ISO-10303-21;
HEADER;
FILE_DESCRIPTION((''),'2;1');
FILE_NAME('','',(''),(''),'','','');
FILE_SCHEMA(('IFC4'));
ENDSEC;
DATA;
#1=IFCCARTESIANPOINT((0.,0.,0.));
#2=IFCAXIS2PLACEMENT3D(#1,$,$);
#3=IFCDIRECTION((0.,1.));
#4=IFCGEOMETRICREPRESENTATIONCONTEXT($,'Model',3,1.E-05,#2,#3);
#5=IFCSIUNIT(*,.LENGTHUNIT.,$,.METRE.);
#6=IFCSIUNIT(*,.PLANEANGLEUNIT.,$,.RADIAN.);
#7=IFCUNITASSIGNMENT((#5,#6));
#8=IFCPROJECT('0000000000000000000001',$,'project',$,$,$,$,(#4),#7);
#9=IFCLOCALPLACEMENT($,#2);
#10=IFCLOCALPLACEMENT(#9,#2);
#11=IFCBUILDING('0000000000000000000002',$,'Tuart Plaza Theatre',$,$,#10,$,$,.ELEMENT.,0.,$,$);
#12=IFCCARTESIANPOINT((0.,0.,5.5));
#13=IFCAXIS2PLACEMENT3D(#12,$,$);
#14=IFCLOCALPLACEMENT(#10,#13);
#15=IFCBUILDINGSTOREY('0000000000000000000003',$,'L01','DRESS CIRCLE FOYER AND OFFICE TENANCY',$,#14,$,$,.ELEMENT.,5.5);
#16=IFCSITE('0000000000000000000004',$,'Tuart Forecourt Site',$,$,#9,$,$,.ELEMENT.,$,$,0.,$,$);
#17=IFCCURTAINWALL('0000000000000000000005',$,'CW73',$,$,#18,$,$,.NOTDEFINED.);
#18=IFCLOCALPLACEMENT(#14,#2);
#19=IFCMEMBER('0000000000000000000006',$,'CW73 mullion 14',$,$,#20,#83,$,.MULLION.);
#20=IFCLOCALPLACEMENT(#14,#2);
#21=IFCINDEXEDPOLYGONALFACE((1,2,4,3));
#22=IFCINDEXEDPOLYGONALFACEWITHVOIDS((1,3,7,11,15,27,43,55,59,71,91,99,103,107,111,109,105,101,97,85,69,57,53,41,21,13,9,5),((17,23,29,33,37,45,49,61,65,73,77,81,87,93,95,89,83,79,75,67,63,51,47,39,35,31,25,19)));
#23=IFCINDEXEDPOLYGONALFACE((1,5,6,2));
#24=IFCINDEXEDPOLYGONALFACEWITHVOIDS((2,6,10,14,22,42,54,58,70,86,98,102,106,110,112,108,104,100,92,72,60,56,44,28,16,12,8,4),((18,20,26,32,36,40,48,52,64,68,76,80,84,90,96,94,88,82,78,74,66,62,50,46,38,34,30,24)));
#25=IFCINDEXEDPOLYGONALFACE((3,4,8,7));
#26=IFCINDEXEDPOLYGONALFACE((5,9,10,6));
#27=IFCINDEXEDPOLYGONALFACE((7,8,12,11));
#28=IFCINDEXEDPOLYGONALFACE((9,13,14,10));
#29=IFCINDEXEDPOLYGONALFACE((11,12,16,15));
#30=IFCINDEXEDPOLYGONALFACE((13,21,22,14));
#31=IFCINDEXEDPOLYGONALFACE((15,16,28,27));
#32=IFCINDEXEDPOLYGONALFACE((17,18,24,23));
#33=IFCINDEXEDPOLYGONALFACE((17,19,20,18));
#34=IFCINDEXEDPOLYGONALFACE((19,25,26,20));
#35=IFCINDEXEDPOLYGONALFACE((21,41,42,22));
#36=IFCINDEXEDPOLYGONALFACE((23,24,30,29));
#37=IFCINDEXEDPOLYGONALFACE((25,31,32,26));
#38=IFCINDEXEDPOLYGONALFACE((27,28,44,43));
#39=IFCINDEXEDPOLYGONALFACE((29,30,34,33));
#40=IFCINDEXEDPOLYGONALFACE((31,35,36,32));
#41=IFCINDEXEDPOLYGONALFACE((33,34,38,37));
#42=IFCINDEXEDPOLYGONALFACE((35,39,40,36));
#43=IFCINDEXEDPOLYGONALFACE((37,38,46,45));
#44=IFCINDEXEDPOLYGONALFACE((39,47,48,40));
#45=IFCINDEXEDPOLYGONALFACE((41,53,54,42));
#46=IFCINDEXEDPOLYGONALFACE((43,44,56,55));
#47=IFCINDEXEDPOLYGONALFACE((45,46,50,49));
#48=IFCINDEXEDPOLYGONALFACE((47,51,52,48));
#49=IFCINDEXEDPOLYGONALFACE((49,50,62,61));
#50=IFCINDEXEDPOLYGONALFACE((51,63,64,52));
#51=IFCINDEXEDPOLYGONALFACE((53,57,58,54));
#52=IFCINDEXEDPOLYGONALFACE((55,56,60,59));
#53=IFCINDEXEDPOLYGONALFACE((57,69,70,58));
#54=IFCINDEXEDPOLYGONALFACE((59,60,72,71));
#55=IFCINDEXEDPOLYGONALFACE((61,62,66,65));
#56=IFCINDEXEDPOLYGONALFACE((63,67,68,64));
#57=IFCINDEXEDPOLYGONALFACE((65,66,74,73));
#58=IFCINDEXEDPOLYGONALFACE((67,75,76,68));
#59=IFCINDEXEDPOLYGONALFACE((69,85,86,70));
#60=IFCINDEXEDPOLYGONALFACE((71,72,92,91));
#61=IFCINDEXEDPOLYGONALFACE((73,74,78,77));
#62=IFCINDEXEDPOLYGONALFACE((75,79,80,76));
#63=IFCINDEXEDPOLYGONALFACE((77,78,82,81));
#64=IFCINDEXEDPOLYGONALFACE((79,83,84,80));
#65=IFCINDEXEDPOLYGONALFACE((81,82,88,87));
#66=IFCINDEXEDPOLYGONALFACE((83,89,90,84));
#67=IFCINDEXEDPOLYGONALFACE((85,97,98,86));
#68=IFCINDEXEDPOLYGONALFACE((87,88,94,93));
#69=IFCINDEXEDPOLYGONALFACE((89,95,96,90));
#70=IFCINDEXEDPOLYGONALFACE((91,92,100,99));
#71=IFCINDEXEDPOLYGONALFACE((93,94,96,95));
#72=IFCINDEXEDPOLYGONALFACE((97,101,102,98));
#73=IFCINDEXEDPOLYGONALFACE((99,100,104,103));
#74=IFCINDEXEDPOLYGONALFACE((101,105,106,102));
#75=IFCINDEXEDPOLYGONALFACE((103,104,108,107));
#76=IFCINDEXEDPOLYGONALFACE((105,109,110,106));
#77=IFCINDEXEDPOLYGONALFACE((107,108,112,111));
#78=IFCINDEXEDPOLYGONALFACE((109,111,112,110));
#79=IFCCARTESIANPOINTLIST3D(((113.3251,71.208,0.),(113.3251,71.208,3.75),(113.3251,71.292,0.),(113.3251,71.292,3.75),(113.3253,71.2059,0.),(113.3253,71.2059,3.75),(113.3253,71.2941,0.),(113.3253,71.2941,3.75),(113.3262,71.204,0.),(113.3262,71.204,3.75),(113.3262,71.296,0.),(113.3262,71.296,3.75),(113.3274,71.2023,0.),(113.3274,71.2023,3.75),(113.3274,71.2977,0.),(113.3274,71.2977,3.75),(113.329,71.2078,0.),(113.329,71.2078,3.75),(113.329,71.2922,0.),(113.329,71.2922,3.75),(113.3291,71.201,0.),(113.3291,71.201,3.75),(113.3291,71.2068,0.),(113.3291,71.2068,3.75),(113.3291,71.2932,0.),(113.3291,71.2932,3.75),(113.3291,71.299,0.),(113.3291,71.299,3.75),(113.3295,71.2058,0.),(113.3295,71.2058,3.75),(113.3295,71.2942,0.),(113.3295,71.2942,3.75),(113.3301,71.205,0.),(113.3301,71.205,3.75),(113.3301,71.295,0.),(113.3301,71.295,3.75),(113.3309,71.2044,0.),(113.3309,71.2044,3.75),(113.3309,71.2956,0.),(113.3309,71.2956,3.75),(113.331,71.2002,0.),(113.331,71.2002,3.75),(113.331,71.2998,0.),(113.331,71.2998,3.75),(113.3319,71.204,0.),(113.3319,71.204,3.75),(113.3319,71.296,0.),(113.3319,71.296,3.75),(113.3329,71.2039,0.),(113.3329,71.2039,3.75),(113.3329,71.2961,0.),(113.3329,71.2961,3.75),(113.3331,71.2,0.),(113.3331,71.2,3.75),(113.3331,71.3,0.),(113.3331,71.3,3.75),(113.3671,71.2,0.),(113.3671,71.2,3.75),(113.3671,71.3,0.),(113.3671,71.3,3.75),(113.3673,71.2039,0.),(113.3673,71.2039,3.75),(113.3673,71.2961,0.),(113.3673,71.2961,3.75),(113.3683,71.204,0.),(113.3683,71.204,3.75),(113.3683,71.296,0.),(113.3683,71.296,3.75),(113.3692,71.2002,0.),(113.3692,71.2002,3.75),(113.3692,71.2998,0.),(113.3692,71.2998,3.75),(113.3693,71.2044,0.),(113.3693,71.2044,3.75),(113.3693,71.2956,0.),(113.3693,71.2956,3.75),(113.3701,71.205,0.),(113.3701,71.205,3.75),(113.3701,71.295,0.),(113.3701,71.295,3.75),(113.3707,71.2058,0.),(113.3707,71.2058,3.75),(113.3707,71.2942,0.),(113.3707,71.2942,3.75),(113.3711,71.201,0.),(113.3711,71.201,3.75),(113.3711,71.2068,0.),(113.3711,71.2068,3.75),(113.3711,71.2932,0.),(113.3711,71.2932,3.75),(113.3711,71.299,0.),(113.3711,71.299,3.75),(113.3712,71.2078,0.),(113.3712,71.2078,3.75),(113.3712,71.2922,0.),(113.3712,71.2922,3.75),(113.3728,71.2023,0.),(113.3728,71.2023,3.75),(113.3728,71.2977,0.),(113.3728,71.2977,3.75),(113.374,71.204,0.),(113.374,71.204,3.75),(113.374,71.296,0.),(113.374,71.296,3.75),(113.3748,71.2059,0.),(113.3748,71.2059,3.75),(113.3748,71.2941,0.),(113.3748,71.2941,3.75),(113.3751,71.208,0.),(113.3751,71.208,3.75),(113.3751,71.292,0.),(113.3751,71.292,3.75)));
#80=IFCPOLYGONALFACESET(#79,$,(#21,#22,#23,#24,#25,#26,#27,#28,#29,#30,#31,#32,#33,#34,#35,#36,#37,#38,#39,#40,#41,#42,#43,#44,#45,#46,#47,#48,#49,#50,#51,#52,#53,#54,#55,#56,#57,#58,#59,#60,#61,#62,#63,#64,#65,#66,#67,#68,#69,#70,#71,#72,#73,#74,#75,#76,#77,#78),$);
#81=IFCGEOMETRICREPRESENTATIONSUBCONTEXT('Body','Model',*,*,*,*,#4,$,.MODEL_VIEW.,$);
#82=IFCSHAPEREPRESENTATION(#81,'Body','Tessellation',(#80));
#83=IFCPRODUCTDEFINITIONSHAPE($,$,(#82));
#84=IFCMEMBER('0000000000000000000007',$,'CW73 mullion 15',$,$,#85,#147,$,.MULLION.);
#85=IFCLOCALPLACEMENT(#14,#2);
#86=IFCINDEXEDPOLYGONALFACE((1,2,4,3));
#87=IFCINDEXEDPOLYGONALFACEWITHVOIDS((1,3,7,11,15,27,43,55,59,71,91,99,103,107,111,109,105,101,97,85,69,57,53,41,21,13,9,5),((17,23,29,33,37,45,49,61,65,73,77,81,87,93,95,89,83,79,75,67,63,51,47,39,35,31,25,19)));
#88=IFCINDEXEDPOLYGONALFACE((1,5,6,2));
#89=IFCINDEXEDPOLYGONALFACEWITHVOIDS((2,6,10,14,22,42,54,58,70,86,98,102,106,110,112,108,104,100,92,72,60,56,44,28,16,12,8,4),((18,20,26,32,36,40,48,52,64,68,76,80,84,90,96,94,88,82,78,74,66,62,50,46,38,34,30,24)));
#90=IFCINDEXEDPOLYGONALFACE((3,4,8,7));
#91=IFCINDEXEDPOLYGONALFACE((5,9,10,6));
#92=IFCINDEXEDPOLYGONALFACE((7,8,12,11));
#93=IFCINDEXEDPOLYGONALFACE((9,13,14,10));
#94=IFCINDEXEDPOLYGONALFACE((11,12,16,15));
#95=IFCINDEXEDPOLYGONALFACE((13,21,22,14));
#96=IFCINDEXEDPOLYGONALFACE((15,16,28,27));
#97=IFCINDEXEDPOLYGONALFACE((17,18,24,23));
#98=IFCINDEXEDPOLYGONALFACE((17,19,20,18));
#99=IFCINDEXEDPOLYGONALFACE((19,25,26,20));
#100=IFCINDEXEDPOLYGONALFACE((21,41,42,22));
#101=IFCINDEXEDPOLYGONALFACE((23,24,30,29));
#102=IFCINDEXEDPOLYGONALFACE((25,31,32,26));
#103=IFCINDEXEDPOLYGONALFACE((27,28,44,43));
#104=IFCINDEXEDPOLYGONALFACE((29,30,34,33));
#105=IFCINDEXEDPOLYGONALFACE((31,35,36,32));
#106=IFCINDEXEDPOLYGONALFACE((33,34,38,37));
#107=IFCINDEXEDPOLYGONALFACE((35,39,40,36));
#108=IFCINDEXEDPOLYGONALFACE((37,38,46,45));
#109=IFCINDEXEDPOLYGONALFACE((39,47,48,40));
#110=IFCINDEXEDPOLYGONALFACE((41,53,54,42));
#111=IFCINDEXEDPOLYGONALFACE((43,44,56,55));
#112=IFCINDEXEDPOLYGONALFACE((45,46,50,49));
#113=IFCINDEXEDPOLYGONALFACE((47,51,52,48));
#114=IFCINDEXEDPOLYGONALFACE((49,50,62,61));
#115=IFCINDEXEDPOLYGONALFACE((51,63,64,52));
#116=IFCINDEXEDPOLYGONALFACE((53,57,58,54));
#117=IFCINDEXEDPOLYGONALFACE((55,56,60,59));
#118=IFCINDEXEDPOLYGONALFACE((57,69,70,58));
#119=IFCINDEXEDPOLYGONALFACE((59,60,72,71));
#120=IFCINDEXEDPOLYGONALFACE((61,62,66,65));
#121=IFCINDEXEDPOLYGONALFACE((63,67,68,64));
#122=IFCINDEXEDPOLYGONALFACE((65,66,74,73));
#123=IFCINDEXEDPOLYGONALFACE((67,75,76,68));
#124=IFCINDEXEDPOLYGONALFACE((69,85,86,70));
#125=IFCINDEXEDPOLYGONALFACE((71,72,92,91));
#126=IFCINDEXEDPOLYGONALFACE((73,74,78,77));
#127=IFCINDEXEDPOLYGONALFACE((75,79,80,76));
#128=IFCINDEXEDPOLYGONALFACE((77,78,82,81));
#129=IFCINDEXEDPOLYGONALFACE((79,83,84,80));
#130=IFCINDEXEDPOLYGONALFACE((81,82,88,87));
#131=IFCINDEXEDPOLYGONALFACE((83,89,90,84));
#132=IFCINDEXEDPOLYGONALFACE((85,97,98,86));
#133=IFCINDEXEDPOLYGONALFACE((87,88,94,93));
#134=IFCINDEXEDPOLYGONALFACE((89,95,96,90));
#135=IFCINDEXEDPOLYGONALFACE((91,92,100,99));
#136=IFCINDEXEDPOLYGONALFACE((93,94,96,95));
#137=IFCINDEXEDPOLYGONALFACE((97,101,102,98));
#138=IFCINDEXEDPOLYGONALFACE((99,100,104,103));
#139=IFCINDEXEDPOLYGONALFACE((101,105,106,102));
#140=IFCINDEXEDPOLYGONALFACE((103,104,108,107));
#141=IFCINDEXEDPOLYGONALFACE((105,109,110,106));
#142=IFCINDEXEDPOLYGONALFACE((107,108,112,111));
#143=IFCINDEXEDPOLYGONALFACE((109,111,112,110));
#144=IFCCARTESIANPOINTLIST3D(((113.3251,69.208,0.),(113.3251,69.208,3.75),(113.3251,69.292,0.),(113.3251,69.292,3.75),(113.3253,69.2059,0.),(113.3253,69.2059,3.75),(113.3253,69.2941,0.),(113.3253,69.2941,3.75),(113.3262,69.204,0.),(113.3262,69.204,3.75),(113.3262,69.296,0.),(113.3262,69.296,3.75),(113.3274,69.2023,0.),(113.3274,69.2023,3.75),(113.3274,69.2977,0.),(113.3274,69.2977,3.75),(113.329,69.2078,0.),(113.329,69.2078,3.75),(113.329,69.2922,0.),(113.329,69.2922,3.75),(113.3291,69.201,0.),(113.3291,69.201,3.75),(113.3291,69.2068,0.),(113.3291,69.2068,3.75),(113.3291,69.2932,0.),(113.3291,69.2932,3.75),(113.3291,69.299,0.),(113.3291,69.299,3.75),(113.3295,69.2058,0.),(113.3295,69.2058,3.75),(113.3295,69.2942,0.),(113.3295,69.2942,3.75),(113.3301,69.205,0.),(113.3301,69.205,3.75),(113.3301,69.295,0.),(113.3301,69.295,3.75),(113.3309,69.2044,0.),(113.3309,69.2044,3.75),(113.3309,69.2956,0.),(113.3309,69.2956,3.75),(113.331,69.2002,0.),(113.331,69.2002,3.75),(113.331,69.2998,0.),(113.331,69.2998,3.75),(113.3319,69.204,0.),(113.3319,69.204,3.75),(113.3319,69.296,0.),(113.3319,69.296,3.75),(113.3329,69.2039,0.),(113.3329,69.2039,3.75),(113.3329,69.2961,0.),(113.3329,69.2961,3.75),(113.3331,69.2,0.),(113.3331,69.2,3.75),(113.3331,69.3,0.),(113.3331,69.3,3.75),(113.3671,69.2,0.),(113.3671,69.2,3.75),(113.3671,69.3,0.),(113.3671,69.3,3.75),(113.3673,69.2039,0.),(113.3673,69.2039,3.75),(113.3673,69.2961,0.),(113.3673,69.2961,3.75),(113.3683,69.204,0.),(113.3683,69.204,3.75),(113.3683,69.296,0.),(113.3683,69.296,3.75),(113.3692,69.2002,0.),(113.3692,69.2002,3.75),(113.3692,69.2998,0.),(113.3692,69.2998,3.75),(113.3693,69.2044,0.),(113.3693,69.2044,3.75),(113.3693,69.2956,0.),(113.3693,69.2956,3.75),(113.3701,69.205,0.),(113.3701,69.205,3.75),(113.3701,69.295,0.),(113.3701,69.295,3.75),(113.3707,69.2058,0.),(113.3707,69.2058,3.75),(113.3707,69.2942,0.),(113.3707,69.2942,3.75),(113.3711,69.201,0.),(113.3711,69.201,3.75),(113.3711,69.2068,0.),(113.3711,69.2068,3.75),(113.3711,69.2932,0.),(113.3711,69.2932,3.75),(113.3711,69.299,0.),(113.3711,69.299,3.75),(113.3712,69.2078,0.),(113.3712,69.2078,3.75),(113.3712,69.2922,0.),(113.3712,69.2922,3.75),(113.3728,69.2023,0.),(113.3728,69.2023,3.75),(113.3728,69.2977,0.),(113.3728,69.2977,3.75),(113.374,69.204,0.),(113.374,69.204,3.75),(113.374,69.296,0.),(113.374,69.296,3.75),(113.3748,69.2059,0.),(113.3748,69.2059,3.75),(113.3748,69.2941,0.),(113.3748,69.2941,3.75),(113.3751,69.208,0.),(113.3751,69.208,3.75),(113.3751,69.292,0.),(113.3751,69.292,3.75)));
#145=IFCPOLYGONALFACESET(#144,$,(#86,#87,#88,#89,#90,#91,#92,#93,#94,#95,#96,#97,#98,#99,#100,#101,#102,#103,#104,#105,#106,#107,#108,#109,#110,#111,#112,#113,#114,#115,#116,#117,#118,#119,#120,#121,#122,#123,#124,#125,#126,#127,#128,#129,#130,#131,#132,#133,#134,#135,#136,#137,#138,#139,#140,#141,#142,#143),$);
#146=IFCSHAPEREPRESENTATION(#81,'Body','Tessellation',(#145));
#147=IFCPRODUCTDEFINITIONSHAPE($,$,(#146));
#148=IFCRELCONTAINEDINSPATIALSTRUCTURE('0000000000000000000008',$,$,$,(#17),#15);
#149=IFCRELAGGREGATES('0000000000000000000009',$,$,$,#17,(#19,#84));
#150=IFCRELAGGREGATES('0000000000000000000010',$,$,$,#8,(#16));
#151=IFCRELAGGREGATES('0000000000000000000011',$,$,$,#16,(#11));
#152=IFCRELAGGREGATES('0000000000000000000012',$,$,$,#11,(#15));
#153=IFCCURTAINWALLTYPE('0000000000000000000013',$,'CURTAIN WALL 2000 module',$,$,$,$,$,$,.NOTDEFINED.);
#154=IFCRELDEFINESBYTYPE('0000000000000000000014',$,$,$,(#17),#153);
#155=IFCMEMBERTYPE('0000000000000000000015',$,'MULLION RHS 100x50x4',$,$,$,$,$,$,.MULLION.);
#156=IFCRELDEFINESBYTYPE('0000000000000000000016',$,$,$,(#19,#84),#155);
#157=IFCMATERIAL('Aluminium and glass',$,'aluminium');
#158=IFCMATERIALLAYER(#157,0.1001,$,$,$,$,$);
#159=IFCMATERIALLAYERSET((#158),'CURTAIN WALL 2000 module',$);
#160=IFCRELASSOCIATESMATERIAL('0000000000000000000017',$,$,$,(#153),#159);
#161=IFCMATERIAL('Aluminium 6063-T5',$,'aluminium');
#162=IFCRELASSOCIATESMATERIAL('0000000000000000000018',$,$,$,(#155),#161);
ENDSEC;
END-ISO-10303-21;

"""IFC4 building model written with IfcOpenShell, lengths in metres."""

from ifc_helpers import new_model, si_unit, direction, frame, origin, origin_2d, place, context, subcontext, project, spatial, hollow_rectangle, extrude, material, layer, layer_set, material_profile, profile_set, type_object, element, aggregate, save


model = new_model("IFC4")

# Units and contexts
model_context = context("Model", 3, precision=1e-05, world=origin(), true_north=direction((0.0, 1.0)))
body_context = subcontext(model_context, "Body", "Model", "MODEL_VIEW")
ifc_project = project(units=[si_unit("LENGTHUNIT", "METRE"), si_unit("PLANEANGLEUNIT", "RADIAN")], contexts=[model_context])

# Site, building, storey
site_placement = place(None, origin())
site = spatial("IfcSite", under=ifc_project, at=site_placement, Name="Tuart Forecourt Site", CompositionType="ELEMENT", RefElevation=0.0)
building_placement = place(site_placement, origin())
building = spatial("IfcBuilding", under=site, at=building_placement, Name="Tuart Plaza Theatre", CompositionType="ELEMENT", ElevationOfRefHeight=0.0)
storey_placement = place(building_placement, frame((0.0, 0.0, 5.5)))
storey = spatial("IfcBuildingStorey", under=building, at=storey_placement, Name="L01", Description="DRESS CIRCLE FOYER AND OFFICE TENANCY", CompositionType="ELEMENT", Elevation=5.5)

# Curtain wall, members
ifc_material_1 = material(Name="Aluminium and glass", Category="aluminium")
ifc_layer_1 = layer(ifc_material_1, 0.1001)
ifc_layer_set_1 = layer_set([ifc_layer_1], Name="CURTAIN WALL 2000 module")
curtain_wall_type = type_object("IfcCurtainWallType", Name="CURTAIN WALL 2000 module", PredefinedType="NOTDEFINED", material=ifc_layer_set_1)
curtain_wall_placement = place(storey_placement, origin())
curtain_wall = element("IfcCurtainWall", 1, at=curtain_wall_placement, inside=storey, type_object=curtain_wall_type, Name="CW73", PredefinedType="NOTDEFINED")
ifc_material_2 = material(Name="Aluminium 6063-T5", Category="aluminium")
ifc_material_profile_1 = material_profile(ifc_material_2, hollow_rectangle(XDim=0.05, YDim=0.1001, WallThickness=0.0039, InnerFilletRadius=0.0039, OuterFilletRadius=0.0081, at=origin_2d()), Name="RHS 100x50x4")
ifc_profile_set_1 = profile_set([ifc_material_profile_1], Name="Aluminium 6063-T5")
member_type_1 = type_object("IfcMemberType", Name="MULLION RHS 100x50x4", PredefinedType="MULLION", material=ifc_profile_set_1)
member_1_placement = place(storey_placement, frame((113.3501, 71.25, 0.0), z_axis=(0.0, 0.0, 1.0), x_axis=(1.0, 0.0, 0.0)))
member_1 = element("IfcMember", 2, at=member_1_placement, type_object=member_type_1, Name="CW73 mullion 14", PredefinedType="MULLION", context=body_context, shape_type="SweptSolid", body=[
    extrude(hollow_rectangle(XDim=0.05, YDim=0.1001, WallThickness=0.0039, InnerFilletRadius=0.0039, OuterFilletRadius=0.0081, at=origin_2d()), origin(), (0.0, 0.0, 1.0), 3.75),
])
member_2_placement = place(storey_placement, frame((113.3501, 69.25, 0.0), z_axis=(0.0, 0.0, 1.0), x_axis=(1.0, 0.0, 0.0)))
member_2 = element("IfcMember", 3, at=member_2_placement, type_object=member_type_1, Name="CW73 mullion 15", PredefinedType="MULLION", context=body_context, shape_type="SweptSolid", body=[
    extrude(hollow_rectangle(XDim=0.05, YDim=0.1001, WallThickness=0.0039, InnerFilletRadius=0.0039, OuterFilletRadius=0.0081, at=origin_2d()), origin(), (0.0, 0.0, 1.0), 3.75),
])
aggregate(curtain_wall, [member_1, member_2])

save(model, "model.ifc")
